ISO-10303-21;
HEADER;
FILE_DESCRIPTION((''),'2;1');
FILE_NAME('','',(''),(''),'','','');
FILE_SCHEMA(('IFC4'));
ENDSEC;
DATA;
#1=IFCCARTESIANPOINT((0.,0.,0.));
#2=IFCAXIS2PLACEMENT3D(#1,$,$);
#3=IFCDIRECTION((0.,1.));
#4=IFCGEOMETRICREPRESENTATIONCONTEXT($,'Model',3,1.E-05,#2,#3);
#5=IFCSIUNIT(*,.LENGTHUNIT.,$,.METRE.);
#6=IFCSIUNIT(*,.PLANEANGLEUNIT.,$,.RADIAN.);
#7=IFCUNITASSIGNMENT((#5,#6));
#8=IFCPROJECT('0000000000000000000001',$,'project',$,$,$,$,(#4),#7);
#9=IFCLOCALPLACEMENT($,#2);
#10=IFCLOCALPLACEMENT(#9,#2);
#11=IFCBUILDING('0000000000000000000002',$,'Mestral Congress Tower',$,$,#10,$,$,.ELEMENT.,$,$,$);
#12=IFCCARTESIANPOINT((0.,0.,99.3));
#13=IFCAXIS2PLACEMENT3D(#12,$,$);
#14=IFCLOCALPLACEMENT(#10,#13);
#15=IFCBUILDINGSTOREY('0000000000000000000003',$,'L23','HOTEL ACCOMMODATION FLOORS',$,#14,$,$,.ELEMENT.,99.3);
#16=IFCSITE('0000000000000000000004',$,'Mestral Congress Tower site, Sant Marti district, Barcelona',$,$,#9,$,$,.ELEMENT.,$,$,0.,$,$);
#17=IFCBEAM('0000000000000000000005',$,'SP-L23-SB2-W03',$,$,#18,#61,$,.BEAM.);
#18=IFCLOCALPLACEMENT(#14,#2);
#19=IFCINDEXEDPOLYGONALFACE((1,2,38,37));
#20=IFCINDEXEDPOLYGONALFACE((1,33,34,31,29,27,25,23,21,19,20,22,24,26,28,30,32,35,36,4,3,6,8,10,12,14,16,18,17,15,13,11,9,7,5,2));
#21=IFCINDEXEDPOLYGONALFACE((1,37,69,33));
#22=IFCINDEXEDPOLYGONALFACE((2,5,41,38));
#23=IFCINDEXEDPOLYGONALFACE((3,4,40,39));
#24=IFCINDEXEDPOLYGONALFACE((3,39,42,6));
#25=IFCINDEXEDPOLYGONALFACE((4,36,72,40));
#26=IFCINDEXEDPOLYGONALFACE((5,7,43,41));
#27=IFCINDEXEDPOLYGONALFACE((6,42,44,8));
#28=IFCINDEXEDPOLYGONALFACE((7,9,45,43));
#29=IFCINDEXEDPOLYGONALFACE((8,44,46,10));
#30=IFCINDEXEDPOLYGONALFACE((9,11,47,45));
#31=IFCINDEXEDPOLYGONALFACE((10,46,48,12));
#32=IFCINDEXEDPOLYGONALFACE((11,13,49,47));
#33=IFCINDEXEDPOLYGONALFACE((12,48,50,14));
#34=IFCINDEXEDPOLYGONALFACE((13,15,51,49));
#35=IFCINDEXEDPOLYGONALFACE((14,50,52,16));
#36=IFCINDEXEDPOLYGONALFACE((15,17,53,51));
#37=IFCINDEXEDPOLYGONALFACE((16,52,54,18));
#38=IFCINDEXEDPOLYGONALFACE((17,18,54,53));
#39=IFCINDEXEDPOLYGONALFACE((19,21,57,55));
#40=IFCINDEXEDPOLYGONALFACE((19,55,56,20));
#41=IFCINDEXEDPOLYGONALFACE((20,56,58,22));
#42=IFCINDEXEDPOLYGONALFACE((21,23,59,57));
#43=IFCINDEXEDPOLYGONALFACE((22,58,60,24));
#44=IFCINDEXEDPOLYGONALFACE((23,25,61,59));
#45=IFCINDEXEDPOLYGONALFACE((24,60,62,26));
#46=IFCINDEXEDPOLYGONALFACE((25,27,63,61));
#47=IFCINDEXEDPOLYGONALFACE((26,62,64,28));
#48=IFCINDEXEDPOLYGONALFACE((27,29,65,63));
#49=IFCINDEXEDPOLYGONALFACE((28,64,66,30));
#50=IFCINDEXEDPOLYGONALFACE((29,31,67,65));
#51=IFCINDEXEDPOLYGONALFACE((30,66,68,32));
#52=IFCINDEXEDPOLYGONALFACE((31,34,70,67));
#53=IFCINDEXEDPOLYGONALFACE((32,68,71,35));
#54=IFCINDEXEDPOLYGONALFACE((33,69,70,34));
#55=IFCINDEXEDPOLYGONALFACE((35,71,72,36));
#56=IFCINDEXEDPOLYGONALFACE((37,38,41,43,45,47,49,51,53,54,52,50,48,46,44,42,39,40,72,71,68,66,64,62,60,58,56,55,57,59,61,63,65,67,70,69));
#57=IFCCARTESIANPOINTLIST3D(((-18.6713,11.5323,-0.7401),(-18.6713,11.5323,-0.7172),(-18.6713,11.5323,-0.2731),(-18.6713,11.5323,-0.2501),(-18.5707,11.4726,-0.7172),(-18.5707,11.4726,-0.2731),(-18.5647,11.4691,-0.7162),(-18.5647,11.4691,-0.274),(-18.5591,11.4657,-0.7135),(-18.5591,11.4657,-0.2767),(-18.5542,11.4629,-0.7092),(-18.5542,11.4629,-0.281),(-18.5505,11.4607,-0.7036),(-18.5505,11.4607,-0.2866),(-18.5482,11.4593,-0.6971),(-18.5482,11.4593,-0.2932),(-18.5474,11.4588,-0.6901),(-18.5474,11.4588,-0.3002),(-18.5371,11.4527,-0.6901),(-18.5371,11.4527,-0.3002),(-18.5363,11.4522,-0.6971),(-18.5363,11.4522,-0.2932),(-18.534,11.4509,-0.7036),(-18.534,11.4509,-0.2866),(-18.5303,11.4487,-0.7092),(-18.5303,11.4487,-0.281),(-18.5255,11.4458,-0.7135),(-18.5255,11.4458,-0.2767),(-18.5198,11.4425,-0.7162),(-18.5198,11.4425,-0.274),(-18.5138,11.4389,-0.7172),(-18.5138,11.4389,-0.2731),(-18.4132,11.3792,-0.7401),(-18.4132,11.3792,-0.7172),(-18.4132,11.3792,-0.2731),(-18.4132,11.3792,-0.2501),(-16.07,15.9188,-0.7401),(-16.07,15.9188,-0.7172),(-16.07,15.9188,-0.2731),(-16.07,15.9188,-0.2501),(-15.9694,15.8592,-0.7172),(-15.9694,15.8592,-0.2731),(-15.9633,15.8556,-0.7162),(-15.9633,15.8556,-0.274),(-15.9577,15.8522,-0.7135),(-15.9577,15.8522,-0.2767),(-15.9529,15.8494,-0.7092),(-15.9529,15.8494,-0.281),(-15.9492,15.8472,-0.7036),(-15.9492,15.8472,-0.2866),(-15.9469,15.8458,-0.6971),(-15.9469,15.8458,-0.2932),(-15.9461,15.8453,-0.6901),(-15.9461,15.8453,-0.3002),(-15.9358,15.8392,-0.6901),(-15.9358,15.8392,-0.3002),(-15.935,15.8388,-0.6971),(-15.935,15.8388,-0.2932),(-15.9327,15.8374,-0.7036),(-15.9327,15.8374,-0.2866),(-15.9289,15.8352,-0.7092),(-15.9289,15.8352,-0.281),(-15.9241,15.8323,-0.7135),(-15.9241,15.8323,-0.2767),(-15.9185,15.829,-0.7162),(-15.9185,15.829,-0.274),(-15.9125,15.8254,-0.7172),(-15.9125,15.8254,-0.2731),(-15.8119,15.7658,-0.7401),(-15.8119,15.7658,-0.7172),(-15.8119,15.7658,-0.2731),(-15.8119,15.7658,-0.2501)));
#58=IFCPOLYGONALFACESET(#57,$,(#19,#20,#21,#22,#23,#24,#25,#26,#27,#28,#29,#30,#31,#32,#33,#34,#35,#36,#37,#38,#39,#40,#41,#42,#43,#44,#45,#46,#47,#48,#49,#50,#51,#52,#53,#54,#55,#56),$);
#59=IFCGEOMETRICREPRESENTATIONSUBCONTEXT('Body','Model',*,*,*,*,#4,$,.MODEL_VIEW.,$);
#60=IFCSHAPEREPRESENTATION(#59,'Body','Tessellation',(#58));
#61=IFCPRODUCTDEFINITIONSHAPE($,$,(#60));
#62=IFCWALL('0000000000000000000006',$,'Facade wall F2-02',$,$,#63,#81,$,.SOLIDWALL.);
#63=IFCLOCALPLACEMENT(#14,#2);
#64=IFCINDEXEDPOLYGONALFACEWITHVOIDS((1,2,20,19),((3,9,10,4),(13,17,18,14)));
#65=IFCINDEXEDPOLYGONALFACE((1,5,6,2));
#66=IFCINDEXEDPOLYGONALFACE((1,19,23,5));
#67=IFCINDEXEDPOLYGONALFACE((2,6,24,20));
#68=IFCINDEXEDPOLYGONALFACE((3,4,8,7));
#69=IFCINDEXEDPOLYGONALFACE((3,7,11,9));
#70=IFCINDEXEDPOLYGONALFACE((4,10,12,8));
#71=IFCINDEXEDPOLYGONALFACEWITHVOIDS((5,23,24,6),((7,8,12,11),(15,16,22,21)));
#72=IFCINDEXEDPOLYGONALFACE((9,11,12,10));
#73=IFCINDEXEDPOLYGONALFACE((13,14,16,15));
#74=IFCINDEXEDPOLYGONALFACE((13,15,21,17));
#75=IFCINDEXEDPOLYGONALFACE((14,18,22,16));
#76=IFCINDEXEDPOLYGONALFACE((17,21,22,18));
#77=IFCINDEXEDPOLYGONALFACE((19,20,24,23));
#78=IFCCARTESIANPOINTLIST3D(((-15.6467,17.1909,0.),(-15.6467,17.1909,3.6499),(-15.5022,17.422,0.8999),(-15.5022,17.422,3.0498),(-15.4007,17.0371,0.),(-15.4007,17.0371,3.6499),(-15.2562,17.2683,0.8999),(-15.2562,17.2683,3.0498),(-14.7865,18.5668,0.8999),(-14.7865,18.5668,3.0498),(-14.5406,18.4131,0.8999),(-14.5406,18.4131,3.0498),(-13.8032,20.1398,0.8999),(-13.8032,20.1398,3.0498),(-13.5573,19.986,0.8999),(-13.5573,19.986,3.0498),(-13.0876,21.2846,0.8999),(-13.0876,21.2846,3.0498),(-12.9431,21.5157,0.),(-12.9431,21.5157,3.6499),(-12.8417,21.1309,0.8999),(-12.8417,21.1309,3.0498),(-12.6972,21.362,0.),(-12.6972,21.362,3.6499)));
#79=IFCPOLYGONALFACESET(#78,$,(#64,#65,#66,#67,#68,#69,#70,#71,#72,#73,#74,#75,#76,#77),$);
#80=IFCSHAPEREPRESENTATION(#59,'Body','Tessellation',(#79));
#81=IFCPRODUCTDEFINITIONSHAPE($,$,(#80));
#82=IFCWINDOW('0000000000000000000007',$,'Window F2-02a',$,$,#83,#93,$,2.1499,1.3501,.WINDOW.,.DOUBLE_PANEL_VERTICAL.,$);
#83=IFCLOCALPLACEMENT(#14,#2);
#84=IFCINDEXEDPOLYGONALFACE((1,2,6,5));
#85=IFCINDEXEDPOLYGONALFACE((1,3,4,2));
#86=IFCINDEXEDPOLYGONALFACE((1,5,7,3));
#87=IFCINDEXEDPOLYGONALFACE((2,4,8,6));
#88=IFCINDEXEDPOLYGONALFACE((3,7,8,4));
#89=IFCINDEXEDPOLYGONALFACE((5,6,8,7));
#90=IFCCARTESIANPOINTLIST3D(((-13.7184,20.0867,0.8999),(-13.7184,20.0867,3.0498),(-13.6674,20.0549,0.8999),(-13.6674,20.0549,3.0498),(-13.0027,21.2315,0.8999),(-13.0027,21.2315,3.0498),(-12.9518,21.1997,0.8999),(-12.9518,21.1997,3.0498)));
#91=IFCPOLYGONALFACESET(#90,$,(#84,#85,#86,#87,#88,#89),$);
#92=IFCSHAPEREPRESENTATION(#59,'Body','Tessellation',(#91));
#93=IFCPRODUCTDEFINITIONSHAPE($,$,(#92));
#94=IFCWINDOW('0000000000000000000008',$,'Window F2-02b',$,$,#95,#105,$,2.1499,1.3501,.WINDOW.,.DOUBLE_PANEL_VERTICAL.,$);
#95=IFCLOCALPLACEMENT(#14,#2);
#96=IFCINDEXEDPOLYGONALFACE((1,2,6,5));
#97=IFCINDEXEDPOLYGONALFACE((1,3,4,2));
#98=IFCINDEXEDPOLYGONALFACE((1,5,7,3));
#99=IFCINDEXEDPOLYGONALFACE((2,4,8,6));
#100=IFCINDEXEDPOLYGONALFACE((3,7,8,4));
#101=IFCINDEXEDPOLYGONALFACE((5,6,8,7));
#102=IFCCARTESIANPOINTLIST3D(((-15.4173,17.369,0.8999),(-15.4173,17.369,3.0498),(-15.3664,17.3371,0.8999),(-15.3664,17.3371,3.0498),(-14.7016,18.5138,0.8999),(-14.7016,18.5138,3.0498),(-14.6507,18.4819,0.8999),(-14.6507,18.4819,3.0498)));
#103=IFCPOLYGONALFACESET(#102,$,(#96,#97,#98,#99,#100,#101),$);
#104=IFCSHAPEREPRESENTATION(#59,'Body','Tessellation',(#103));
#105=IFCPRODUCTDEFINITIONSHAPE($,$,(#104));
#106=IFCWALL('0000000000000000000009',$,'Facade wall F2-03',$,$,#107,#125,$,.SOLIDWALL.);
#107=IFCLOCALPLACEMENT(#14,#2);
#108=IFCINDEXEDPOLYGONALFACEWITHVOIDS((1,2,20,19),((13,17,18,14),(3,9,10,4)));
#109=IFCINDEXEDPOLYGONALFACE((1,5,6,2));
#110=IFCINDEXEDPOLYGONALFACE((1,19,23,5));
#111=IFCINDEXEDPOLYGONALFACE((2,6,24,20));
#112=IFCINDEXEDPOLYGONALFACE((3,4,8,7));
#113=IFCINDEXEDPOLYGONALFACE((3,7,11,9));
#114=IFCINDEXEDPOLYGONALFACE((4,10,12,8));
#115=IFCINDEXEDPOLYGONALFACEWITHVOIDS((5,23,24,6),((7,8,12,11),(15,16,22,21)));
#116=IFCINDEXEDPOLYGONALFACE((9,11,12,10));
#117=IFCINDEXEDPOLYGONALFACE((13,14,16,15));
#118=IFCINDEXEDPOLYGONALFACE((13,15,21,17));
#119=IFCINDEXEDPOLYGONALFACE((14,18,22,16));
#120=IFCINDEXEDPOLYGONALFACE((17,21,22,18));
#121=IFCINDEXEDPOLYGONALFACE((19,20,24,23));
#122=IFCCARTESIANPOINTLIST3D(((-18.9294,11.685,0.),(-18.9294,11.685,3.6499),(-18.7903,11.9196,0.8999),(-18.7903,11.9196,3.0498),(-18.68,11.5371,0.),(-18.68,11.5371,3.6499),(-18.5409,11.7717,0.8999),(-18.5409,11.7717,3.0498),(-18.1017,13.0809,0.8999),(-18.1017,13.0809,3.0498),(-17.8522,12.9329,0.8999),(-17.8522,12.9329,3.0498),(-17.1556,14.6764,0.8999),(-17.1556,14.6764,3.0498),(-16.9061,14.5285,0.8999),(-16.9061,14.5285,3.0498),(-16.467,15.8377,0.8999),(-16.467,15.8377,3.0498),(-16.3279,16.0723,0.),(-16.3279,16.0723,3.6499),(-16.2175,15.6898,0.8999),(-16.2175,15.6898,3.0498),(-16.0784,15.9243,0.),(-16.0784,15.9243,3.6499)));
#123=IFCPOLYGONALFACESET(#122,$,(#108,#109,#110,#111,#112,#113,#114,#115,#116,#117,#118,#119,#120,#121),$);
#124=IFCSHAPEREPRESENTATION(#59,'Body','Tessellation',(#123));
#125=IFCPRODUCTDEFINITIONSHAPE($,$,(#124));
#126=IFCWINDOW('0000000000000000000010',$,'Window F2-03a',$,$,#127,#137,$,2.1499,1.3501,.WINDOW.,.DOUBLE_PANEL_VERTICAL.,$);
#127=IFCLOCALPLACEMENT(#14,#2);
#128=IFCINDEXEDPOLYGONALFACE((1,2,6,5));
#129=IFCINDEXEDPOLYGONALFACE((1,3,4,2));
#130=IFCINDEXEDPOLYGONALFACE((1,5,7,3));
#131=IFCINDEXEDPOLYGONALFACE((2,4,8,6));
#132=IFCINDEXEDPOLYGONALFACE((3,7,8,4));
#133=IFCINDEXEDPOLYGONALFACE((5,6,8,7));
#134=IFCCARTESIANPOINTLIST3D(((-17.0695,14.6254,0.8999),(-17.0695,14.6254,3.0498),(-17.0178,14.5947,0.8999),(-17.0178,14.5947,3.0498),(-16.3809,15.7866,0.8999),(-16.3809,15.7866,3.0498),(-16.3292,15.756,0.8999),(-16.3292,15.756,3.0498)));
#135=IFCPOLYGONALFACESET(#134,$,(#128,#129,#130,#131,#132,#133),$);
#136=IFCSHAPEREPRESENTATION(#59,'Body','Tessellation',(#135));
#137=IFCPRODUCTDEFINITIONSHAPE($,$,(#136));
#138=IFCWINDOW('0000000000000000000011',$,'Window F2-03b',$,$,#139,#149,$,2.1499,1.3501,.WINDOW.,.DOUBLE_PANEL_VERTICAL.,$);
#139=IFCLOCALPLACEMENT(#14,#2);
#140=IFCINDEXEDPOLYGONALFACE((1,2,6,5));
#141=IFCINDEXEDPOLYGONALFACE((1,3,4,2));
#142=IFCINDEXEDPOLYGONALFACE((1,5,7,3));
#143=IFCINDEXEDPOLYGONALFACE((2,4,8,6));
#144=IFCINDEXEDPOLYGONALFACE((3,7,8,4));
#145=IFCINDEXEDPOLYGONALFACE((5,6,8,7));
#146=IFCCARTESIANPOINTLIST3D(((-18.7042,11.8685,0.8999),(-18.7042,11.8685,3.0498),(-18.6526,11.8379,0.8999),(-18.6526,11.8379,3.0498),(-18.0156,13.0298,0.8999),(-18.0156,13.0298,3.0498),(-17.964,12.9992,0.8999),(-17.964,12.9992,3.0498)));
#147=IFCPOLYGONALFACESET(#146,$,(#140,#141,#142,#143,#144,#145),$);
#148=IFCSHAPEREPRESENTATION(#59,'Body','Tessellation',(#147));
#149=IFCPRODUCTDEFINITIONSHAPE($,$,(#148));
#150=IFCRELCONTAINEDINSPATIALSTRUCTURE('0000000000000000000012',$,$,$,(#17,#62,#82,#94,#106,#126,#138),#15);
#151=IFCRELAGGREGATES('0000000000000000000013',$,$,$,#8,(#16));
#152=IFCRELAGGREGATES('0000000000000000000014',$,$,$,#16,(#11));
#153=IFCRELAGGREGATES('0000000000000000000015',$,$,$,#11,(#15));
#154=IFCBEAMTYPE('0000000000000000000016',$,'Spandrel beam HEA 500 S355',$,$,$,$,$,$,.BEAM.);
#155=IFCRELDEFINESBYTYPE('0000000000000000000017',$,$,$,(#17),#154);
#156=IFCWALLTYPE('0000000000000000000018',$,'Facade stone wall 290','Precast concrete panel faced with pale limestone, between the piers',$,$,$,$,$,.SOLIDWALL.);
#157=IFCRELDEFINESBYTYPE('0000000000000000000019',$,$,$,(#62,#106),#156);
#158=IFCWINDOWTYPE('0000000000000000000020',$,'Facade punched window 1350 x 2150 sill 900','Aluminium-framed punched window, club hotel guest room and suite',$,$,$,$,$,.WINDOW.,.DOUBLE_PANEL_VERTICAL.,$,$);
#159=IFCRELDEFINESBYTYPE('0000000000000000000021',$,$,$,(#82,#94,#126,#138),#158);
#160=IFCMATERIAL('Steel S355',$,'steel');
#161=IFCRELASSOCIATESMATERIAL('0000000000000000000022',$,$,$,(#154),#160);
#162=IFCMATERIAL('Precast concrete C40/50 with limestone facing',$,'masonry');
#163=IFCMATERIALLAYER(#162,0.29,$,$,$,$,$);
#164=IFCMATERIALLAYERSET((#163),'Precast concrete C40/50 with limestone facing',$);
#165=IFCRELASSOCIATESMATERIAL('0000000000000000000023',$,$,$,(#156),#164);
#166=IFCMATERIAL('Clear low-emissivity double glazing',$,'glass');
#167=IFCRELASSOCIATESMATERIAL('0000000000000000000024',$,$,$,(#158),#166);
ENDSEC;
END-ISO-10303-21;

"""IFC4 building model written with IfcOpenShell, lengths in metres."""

from ifc_helpers import new_model, si_unit, direction, frame, frame_2d, origin, origin_2d, place, context, subcontext, project, spatial, rectangle, i_section, extrude, material, layer, layer_set, material_profile, profile_set, type_object, element, fill, save


model = new_model("IFC4")

# Units and contexts
model_context = context("Model", 3, precision=1e-05, world=origin(), true_north=direction((0.0, 1.0)))
body_context = subcontext(model_context, "Body", "Model", "MODEL_VIEW")
ifc_project = project(units=[si_unit("LENGTHUNIT", "METRE"), si_unit("PLANEANGLEUNIT", "RADIAN")], contexts=[model_context])

# Site, building, storey
site_placement = place(None, origin())
site = spatial("IfcSite", under=ifc_project, at=site_placement, Name="Mestral Congress Tower site, Sant Marti district, Barcelona", CompositionType="ELEMENT", RefElevation=0.0)
building_placement = place(site_placement, origin())
building = spatial("IfcBuilding", under=site, at=building_placement, Name="Mestral Congress Tower", CompositionType="ELEMENT")
storey_placement = place(building_placement, frame((0.0, 0.0, 99.3)))
storey = spatial("IfcBuildingStorey", under=building, at=storey_placement, Name="L23", Description="HOTEL ACCOMMODATION FLOORS", CompositionType="ELEMENT", Elevation=99.3)

# Beam
ifc_material_1 = material(Name="Steel S355", Category="steel")
ifc_material_profile_1 = material_profile(ifc_material_1, i_section(OverallWidth=0.3, OverallDepth=0.49, WebThickness=0.012, FlangeThickness=0.0229, FilletRadius=0.0271, at=origin_2d()), Name="HEA 500")
ifc_profile_set_1 = profile_set([ifc_material_profile_1], Name="Steel S355")
beam_type_1 = type_object("IfcBeamType", Name="Spandrel beam HEA 500 S355", PredefinedType="BEAM", material=ifc_profile_set_1)
for number, where, z_axis, x_axis, name in (
    (1, (-15.9409, 15.8423, -0.4951), (-0.510082, -0.860126, 0.0), (0.860126, -0.510082, 0.0), "SP-L23-SB2-W03"),
):
    element("IfcBeam", number, at=place(storey_placement, frame(where, z_axis=z_axis, x_axis=x_axis)), inside=storey, type_object=beam_type_1, Name=name, PredefinedType="BEAM", context=body_context, shape_type="SweptSolid", body=[
        extrude(i_section(OverallWidth=0.3, OverallDepth=0.49, WebThickness=0.012, FlangeThickness=0.0229, FilletRadius=0.0271, at=origin_2d()), origin(), (0.0, 0.0, 1.0), 5.0999),
    ])

# Walls, openings, windows
ifc_material_2 = material(Name="Precast concrete C40/50 with limestone facing", Category="masonry")
ifc_layer_1 = layer(ifc_material_2, 0.29)
ifc_layer_set_1 = layer_set([ifc_layer_1], Name="Precast concrete C40/50 with limestone facing")
wall_type_1 = type_object("IfcWallType", Name="Facade stone wall 290", Description="Precast concrete panel faced with pale limestone, between the piers", PredefinedType="SOLIDWALL", material=ifc_layer_set_1)
wall_1_placement = place(storey_placement, frame((-12.8201, 21.439, 0.0), z_axis=(0.0, 0.0, 1.0), x_axis=(-0.530072, -0.847953, 0.0)))
wall_1 = element("IfcWall", 2, at=wall_1_placement, inside=storey, type_object=wall_type_1, Name="Facade wall F2-02", PredefinedType="SOLIDWALL", context=body_context, shape_type="SweptSolid", body=[
    extrude(rectangle(XDim=5.1003, YDim=0.29, at=frame_2d((2.5503, 0.0))), origin(), (0.0, 0.0, 1.0), 3.6499),
])
opening_1_placement = place(wall_1_placement, frame((0.2727, 0.0, 0.8999)))
opening_1 = element("IfcOpeningElement", 3, at=opening_1_placement, cuts=wall_1, PredefinedType="OPENING", context=body_context, shape_type="SweptSolid", body=[
    extrude(rectangle(XDim=1.3501, YDim=2.1499, at=frame_2d((0.675, 1.075))), frame((0.0, 0.155, 0.0), z_axis=(0.0, -1.0, 0.0), x_axis=(1.0, 0.0, 0.0)), (0.0, 0.0, 1.0), 0.3101),
])
opening_2_placement = place(wall_1_placement, frame((3.4778, 0.0, 0.8999)))
opening_2 = element("IfcOpeningElement", 4, at=opening_2_placement, cuts=wall_1, PredefinedType="OPENING", context=body_context, shape_type="SweptSolid", body=[
    extrude(rectangle(XDim=1.3501, YDim=2.1499, at=frame_2d((0.675, 1.075))), frame((0.0, 0.155, 0.0), z_axis=(0.0, -1.0, 0.0), x_axis=(1.0, 0.0, 0.0)), (0.0, 0.0, 1.0), 0.3101),
])
ifc_material_3 = material(Name="Clear low-emissivity double glazing", Category="glass")
window_type = type_object("IfcWindowType", Name="Facade punched window 1350 x 2150 sill 900", Description="Aluminium-framed punched window, club hotel guest room and suite", PartitioningType="DOUBLE_PANEL_VERTICAL", PredefinedType="WINDOW", material=ifc_material_3)
window_1_placement = place(opening_1_placement, origin())
window_1 = element("IfcWindow", 5, at=window_1_placement, inside=storey, type_object=window_type, Name="Window F2-02a", OverallHeight=2.1499, OverallWidth=1.3501, PartitioningType="DOUBLE_PANEL_VERTICAL", PredefinedType="WINDOW", context=body_context, shape_type="SweptSolid", body=[
    extrude(rectangle(XDim=1.3501, YDim=2.1499, at=frame_2d((0.675, 1.075))), frame((0.0, 0.0151, 0.0), z_axis=(0.0, -1.0, 0.0), x_axis=(1.0, 0.0, 0.0)), (0.0, 0.0, 1.0), 0.0601),
])
fill(opening_1, window_1)
window_2_placement = place(opening_2_placement, origin())
window_2 = element("IfcWindow", 6, at=window_2_placement, inside=storey, type_object=window_type, Name="Window F2-02b", OverallHeight=2.1499, OverallWidth=1.3501, PartitioningType="DOUBLE_PANEL_VERTICAL", PredefinedType="WINDOW", context=body_context, shape_type="SweptSolid", body=[
    extrude(rectangle(XDim=1.3501, YDim=2.1499, at=frame_2d((0.675, 1.075))), frame((0.0, 0.0151, 0.0), z_axis=(0.0, -1.0, 0.0), x_axis=(1.0, 0.0, 0.0)), (0.0, 0.0, 1.0), 0.0601),
])
fill(opening_2, window_2)
wall_2_placement = place(storey_placement, frame((-16.2031, 15.9983, 0.0), z_axis=(0.0, 0.0, 1.0), x_axis=(-0.510054, -0.860142, 0.0)))
wall_2 = element("IfcWall", 7, at=wall_2_placement, inside=storey, type_object=wall_type_1, Name="Facade wall F2-03", PredefinedType="SOLIDWALL", context=body_context, shape_type="SweptSolid", body=[
    extrude(rectangle(XDim=5.1006, YDim=0.29, at=frame_2d((2.5503, 0.0))), origin(), (0.0, 0.0, 1.0), 3.6499),
])
opening_3_placement = place(wall_2_placement, frame((0.2727, 0.0, 0.8999)))
opening_3 = element("IfcOpeningElement", 8, at=opening_3_placement, cuts=wall_2, PredefinedType="OPENING", context=body_context, shape_type="SweptSolid", body=[
    extrude(rectangle(XDim=1.3501, YDim=2.1499, at=frame_2d((0.675, 1.075))), frame((0.0, 0.155, 0.0), z_axis=(0.0, -1.0, 0.0), x_axis=(1.0, 0.0, 0.0)), (0.0, 0.0, 1.0), 0.3101),
])
opening_4_placement = place(wall_2_placement, frame((3.4778, 0.0, 0.8999)))
opening_4 = element("IfcOpeningElement", 9, at=opening_4_placement, cuts=wall_2, PredefinedType="OPENING", context=body_context, shape_type="SweptSolid", body=[
    extrude(rectangle(XDim=1.3501, YDim=2.1499, at=frame_2d((0.675, 1.075))), frame((0.0, 0.155, 0.0), z_axis=(0.0, -1.0, 0.0), x_axis=(1.0, 0.0, 0.0)), (0.0, 0.0, 1.0), 0.3101),
])
window_3_placement = place(opening_3_placement, origin())
window_3 = element("IfcWindow", 10, at=window_3_placement, inside=storey, type_object=window_type, Name="Window F2-03a", OverallHeight=2.1499, OverallWidth=1.3501, PartitioningType="DOUBLE_PANEL_VERTICAL", PredefinedType="WINDOW", context=body_context, shape_type="SweptSolid", body=[
    extrude(rectangle(XDim=1.3501, YDim=2.1499, at=frame_2d((0.675, 1.075))), frame((0.0, 0.0151, 0.0), z_axis=(0.0, -1.0, 0.0), x_axis=(1.0, 0.0, 0.0)), (0.0, 0.0, 1.0), 0.0601),
])
fill(opening_3, window_3)
window_4_placement = place(opening_4_placement, origin())
window_4 = element("IfcWindow", 11, at=window_4_placement, inside=storey, type_object=window_type, Name="Window F2-03b", OverallHeight=2.1499, OverallWidth=1.3501, PartitioningType="DOUBLE_PANEL_VERTICAL", PredefinedType="WINDOW", context=body_context, shape_type="SweptSolid", body=[
    extrude(rectangle(XDim=1.3501, YDim=2.1499, at=frame_2d((0.675, 1.075))), frame((0.0, 0.0151, 0.0), z_axis=(0.0, -1.0, 0.0), x_axis=(1.0, 0.0, 0.0)), (0.0, 0.0, 1.0), 0.0601),
])
fill(opening_4, window_4)

save(model, "model.ifc")
